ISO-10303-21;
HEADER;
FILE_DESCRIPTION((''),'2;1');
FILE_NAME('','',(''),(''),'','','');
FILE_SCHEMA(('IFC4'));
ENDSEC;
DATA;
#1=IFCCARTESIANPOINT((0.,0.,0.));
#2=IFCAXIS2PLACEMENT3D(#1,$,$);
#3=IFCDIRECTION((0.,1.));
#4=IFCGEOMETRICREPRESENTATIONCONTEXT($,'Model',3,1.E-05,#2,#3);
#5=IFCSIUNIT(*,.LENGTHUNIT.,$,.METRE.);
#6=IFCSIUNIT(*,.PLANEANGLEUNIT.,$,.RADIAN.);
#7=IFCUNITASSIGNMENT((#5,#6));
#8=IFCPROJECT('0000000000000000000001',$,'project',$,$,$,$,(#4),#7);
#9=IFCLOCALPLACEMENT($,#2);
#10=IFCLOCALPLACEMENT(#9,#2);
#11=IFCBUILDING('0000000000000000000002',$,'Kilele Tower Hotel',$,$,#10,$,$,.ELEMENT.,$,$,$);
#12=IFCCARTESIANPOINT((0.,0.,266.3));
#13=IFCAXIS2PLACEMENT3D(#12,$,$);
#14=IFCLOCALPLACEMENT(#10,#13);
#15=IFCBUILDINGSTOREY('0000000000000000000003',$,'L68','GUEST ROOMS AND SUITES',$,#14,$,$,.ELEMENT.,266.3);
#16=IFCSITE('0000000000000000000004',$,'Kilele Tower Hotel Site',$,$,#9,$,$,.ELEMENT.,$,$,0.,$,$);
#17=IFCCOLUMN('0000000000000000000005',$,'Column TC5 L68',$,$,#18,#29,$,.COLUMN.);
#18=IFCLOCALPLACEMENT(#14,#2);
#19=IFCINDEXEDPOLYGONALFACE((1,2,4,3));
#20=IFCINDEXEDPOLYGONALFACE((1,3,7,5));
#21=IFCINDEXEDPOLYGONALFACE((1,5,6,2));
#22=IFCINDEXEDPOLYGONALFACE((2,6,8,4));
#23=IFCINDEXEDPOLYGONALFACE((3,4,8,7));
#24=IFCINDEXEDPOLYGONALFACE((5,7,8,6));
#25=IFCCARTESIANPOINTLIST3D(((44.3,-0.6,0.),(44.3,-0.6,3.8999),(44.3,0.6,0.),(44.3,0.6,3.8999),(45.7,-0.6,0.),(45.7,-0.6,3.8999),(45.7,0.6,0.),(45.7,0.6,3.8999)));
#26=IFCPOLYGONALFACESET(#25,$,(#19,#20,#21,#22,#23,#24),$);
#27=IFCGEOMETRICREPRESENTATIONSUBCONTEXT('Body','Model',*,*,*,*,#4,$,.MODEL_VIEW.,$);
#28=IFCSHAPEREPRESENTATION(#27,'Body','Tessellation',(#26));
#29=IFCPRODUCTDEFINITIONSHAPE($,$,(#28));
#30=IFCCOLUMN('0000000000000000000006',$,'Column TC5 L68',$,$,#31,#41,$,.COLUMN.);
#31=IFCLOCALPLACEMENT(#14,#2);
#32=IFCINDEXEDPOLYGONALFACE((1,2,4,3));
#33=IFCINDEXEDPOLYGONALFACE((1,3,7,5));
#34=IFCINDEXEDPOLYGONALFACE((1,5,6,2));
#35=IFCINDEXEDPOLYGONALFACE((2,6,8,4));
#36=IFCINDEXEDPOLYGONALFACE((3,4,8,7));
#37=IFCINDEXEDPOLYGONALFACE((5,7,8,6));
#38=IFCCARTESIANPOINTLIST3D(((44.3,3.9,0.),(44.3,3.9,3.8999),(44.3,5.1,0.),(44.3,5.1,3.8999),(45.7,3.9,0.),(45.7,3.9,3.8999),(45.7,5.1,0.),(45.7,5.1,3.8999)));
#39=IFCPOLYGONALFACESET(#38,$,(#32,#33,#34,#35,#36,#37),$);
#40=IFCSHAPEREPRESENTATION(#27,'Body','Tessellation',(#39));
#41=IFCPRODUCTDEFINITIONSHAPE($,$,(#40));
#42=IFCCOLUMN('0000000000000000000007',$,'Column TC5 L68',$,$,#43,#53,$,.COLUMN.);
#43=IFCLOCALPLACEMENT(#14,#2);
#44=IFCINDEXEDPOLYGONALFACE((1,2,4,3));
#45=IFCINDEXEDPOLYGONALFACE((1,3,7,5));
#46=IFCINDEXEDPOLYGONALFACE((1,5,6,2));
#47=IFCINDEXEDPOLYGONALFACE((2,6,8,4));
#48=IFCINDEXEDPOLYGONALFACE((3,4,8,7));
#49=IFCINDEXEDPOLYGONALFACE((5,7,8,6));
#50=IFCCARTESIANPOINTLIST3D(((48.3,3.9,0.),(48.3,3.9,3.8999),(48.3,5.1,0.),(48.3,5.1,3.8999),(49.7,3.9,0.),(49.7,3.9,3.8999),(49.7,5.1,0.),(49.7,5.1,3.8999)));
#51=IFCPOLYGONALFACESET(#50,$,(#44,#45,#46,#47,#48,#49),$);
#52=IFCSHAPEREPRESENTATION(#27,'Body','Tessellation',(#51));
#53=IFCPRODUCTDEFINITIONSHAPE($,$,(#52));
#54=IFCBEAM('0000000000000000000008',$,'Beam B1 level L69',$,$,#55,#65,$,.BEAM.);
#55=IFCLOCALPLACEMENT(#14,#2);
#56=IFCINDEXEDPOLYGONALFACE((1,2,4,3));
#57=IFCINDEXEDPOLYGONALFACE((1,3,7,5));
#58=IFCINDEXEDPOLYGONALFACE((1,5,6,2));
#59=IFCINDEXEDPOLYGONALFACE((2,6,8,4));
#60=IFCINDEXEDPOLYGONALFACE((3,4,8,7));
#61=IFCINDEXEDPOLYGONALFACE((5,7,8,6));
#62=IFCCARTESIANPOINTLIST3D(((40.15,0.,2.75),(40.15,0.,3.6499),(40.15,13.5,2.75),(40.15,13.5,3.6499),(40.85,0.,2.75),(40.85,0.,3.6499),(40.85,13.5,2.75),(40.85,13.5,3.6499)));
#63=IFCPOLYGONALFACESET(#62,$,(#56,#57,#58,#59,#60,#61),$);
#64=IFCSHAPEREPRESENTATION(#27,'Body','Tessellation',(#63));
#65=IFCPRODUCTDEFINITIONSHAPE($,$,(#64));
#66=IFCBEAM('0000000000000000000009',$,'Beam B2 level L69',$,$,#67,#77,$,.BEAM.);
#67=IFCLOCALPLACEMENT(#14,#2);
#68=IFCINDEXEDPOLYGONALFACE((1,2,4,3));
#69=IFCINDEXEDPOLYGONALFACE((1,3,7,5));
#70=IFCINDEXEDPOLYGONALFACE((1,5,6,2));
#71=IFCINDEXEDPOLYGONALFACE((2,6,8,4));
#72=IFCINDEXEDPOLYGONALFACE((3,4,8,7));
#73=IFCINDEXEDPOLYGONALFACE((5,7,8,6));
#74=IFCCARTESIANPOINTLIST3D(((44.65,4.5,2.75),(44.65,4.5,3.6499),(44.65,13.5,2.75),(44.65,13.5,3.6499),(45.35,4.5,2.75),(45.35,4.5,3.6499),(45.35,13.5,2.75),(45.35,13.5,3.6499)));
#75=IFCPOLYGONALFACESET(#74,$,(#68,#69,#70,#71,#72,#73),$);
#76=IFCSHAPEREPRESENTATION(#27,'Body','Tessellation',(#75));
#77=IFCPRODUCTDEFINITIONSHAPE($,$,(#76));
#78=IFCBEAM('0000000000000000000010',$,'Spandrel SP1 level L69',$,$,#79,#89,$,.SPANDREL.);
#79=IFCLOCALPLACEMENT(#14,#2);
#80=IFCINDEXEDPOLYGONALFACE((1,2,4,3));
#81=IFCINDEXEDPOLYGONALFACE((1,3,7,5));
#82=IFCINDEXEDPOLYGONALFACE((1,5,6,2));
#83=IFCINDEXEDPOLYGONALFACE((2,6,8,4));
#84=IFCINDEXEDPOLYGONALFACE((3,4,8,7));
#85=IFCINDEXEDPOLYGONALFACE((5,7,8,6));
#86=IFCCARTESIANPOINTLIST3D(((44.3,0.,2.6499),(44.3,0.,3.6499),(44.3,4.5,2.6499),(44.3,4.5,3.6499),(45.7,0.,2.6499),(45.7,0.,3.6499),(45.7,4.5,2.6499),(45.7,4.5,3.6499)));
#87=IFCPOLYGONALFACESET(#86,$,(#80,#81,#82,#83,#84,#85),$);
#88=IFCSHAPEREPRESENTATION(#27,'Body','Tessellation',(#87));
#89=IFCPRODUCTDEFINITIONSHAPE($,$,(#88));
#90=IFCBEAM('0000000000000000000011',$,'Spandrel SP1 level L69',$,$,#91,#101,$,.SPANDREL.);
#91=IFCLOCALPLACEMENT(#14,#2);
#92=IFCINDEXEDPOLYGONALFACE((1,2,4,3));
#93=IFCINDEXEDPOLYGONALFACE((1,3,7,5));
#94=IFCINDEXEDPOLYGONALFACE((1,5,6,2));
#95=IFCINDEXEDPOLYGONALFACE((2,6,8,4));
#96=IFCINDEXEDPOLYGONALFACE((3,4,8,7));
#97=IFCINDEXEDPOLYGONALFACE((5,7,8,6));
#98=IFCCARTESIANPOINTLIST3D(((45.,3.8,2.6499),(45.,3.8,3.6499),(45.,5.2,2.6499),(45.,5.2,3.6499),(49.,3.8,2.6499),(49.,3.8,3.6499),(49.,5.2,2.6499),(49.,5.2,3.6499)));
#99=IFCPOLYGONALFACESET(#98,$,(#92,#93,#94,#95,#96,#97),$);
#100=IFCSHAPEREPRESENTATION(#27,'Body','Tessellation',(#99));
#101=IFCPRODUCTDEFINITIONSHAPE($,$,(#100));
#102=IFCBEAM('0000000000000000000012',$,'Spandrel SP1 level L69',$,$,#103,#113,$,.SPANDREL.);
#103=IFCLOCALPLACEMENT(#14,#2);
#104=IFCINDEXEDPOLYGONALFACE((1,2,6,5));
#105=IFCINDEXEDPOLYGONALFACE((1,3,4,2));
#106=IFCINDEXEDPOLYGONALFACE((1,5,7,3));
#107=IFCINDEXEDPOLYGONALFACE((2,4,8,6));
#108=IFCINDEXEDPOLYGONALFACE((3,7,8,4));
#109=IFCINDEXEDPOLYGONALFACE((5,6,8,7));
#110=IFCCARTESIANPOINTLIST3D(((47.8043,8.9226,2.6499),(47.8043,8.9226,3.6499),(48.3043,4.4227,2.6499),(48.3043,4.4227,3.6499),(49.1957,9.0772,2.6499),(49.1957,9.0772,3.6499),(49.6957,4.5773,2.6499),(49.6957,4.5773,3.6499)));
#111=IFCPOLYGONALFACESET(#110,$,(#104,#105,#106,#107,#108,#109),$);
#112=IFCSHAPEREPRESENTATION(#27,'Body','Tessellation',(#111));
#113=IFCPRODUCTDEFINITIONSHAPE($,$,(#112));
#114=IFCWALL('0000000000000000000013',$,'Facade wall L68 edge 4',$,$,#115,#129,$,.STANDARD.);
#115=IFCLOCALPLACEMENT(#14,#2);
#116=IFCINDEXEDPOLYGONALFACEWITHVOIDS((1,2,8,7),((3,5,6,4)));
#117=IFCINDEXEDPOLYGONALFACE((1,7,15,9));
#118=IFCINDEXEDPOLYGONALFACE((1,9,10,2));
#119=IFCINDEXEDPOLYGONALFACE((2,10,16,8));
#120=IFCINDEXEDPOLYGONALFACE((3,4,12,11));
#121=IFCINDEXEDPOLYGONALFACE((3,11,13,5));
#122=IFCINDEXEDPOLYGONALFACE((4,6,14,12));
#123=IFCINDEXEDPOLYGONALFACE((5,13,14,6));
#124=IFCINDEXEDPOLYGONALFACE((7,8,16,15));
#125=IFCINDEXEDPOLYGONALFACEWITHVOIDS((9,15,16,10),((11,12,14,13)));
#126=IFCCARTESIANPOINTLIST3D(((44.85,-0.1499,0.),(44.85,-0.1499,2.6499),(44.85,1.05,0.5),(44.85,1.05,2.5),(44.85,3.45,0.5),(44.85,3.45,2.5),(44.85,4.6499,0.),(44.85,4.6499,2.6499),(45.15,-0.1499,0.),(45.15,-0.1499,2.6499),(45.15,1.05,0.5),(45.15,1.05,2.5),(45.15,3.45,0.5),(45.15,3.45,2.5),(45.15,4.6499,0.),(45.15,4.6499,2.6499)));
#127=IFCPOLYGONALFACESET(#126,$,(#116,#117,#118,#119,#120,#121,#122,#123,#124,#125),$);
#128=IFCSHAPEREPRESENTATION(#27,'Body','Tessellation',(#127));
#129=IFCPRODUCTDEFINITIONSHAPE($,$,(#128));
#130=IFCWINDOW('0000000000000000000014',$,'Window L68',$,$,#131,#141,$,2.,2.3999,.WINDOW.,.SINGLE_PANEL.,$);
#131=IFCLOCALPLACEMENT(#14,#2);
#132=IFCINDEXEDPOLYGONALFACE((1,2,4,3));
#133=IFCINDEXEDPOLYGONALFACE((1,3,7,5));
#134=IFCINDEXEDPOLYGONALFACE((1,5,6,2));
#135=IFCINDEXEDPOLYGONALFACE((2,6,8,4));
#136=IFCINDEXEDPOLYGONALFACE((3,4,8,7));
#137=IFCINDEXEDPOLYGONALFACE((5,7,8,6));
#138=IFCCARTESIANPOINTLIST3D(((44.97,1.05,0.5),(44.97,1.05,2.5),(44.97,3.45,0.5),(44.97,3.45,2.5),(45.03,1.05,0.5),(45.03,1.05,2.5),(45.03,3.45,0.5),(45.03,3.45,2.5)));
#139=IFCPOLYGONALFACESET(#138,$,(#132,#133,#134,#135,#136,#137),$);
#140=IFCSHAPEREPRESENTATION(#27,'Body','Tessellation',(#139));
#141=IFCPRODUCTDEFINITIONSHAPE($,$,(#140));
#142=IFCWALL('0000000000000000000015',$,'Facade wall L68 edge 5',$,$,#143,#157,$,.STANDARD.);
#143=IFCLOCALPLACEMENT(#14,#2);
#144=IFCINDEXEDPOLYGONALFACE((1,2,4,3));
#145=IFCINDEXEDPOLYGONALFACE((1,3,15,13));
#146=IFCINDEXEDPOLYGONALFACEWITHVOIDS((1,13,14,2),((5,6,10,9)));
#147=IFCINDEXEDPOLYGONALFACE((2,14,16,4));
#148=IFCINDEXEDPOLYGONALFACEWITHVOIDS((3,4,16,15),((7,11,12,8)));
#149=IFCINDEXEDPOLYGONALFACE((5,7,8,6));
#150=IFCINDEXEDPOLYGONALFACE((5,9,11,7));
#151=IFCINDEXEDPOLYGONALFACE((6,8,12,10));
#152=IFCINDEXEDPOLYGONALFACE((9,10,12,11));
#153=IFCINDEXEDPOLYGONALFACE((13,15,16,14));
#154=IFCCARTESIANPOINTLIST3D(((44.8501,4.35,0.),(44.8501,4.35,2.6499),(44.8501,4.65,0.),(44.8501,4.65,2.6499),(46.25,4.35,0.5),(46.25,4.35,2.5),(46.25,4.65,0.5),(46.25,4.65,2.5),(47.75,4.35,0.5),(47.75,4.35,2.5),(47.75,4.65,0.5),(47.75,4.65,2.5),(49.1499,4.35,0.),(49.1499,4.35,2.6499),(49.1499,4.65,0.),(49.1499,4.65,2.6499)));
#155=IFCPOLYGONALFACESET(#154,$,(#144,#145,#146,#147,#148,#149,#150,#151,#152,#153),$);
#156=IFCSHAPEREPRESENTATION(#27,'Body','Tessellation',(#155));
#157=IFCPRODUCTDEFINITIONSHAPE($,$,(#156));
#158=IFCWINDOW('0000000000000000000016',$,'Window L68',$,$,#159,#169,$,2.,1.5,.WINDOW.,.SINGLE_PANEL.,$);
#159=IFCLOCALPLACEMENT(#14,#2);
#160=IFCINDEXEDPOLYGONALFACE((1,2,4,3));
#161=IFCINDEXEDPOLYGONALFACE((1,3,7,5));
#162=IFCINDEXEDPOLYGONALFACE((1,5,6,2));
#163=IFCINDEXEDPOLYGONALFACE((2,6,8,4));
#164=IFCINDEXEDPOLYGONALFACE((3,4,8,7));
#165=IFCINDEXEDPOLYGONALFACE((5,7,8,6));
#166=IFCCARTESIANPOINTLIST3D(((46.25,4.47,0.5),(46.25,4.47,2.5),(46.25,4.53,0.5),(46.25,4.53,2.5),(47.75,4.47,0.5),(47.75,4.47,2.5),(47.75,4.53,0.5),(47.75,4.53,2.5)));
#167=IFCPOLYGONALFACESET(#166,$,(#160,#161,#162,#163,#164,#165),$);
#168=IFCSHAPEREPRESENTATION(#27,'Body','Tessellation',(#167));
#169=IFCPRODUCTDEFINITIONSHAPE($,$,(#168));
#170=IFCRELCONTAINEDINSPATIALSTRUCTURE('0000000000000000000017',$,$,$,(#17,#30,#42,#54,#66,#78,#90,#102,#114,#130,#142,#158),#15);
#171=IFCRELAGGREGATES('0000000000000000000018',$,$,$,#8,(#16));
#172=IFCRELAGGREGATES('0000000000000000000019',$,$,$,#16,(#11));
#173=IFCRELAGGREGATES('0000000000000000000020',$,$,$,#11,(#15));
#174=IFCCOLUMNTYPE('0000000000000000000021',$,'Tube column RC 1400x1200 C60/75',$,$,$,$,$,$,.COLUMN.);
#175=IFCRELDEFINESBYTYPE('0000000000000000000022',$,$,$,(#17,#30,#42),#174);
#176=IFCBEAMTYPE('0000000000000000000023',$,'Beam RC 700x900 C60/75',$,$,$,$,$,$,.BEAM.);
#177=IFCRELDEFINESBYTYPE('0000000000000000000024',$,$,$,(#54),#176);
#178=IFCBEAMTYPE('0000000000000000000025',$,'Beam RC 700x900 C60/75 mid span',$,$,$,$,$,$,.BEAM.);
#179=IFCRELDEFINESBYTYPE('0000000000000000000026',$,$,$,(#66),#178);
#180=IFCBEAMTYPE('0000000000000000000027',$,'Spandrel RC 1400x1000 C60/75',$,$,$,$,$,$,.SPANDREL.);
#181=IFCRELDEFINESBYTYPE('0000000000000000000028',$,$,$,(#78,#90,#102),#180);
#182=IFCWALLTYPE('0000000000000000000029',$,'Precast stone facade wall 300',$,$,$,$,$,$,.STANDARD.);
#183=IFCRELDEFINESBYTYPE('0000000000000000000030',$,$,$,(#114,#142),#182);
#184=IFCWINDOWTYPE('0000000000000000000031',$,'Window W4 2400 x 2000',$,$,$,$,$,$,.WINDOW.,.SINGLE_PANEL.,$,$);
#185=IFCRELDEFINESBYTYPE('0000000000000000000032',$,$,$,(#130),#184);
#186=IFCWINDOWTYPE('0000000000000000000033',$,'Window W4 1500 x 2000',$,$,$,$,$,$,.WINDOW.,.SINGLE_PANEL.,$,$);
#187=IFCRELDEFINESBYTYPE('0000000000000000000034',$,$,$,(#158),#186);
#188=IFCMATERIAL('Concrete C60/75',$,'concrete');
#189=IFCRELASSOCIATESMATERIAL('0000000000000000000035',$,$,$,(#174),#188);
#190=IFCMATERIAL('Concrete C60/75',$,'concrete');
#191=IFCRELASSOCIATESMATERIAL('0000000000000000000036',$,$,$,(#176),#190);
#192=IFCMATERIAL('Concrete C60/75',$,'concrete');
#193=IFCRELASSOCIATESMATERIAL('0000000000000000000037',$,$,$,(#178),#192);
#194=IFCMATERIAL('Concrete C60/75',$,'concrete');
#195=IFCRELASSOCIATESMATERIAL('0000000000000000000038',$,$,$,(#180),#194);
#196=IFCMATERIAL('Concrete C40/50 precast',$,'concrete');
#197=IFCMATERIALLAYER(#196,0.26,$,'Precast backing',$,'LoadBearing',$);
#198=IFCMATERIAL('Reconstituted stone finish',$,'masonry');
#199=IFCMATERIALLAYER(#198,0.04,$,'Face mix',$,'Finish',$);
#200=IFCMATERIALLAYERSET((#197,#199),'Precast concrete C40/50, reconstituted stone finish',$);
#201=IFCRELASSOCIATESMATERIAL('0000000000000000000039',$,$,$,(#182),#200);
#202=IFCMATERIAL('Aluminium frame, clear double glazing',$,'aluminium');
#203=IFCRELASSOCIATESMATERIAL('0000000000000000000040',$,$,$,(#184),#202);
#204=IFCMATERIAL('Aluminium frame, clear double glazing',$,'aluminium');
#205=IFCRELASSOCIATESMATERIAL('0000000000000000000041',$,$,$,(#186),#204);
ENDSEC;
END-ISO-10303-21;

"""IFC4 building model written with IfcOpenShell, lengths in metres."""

from ifc_helpers import new_model, si_unit, direction, frame, frame_2d, origin, origin_2d, place, context, subcontext, project, spatial, rectangle, extrude, material, layer, layer_set, material_profile, profile_set, type_object, element, fill, save


model = new_model("IFC4")

# Units and contexts
model_context = context("Model", 3, precision=1e-05, world=origin(), true_north=direction((0.0, 1.0)))
body_context = subcontext(model_context, "Body", "Model", "MODEL_VIEW")
ifc_project = project(units=[si_unit("LENGTHUNIT", "METRE"), si_unit("PLANEANGLEUNIT", "RADIAN")], contexts=[model_context])

# Site, building, storey
site_placement = place(None, origin())
site = spatial("IfcSite", under=ifc_project, at=site_placement, Name="Kilele Tower Hotel Site", CompositionType="ELEMENT", RefElevation=0.0)
building_placement = place(site_placement, origin())
building = spatial("IfcBuilding", under=site, at=building_placement, Name="Kilele Tower Hotel", CompositionType="ELEMENT")
storey_placement = place(building_placement, frame((0.0, 0.0, 266.3)))
storey = spatial("IfcBuildingStorey", under=building, at=storey_placement, Name="L68", Description="GUEST ROOMS AND SUITES", CompositionType="ELEMENT", Elevation=266.3)

# Columns
ifc_material_1 = material(Name="Concrete C60/75", Category="concrete")
ifc_material_profile_1 = material_profile(ifc_material_1, rectangle(XDim=1.3999, YDim=1.2, at=origin_2d()))
ifc_profile_set_1 = profile_set([ifc_material_profile_1], Name="Concrete C60/75")
column_type = type_object("IfcColumnType", Name="Tube column RC 1400x1200 C60/75", PredefinedType="COLUMN", material=ifc_profile_set_1)
for number, where, z_axis, x_axis, name in (
    (1, (45.0, 0.0, 0.0), (0.0, 0.0, 1.0), (1.0, 0.0, 0.0), "Column TC5 L68"),
    (2, (45.0, 4.5, 0.0), (0.0, 0.0, 1.0), (1.0, 0.0, 0.0), "Column TC5 L68"),
    (3, (49.0, 4.5, 0.0), (0.0, 0.0, 1.0), (1.0, 0.0, 0.0), "Column TC5 L68"),
):
    element("IfcColumn", number, at=place(storey_placement, frame(where, z_axis=z_axis, x_axis=x_axis)), inside=storey, type_object=column_type, Name=name, PredefinedType="COLUMN", context=body_context, shape_type="SweptSolid", body=[
        extrude(rectangle(XDim=1.3999, YDim=1.2, at=origin_2d()), origin(), (0.0, 0.0, 1.0), 3.8999),
    ])

# Beams
ifc_material_2 = material(Name="Concrete C60/75", Category="concrete")
ifc_material_profile_2 = material_profile(ifc_material_2, rectangle(XDim=0.7, YDim=0.8999, at=origin_2d()))
ifc_profile_set_2 = profile_set([ifc_material_profile_2], Name="Concrete C60/75")
beam_type_1 = type_object("IfcBeamType", Name="Beam RC 700x900 C60/75", PredefinedType="BEAM", material=ifc_profile_set_2)
beam_1_placement = place(storey_placement, frame((40.5, 0.0, 3.2), z_axis=(0.0, 1.0, 0.0), x_axis=(-1.0, 0.0, 0.0)))
element("IfcBeam", 4, at=beam_1_placement, inside=storey, type_object=beam_type_1, Name="Beam B1 level L69", PredefinedType="BEAM", context=body_context, shape_type="SweptSolid", body=[
    extrude(rectangle(XDim=0.7, YDim=0.8999, at=origin_2d()), origin(), (0.0, 0.0, 1.0), 13.5),
])
ifc_material_3 = material(Name="Concrete C60/75", Category="concrete")
ifc_material_profile_3 = material_profile(ifc_material_3, rectangle(XDim=0.7, YDim=0.8999, at=origin_2d()))
ifc_profile_set_3 = profile_set([ifc_material_profile_3], Name="Concrete C60/75")
beam_type_2 = type_object("IfcBeamType", Name="Beam RC 700x900 C60/75 mid span", PredefinedType="BEAM", material=ifc_profile_set_3)
beam_2_placement = place(storey_placement, frame((45.0, 4.5, 3.2), z_axis=(0.0, 1.0, 0.0), x_axis=(-1.0, 0.0, 0.0)))
element("IfcBeam", 5, at=beam_2_placement, inside=storey, type_object=beam_type_2, Name="Beam B2 level L69", PredefinedType="BEAM", context=body_context, shape_type="SweptSolid", body=[
    extrude(rectangle(XDim=0.7, YDim=0.8999, at=origin_2d()), origin(), (0.0, 0.0, 1.0), 9.0),
])
ifc_material_4 = material(Name="Concrete C60/75", Category="concrete")
ifc_material_profile_4 = material_profile(ifc_material_4, rectangle(XDim=1.3999, YDim=1.0, at=origin_2d()))
ifc_profile_set_4 = profile_set([ifc_material_profile_4], Name="Concrete C60/75")
beam_type_3 = type_object("IfcBeamType", Name="Spandrel RC 1400x1000 C60/75", PredefinedType="SPANDREL", material=ifc_profile_set_4)
beam_3_placement = place(storey_placement, frame((45.0, 0.0, 3.1499), z_axis=(0.0, 1.0, 0.0), x_axis=(-1.0, 0.0, 0.0)))
element("IfcBeam", 6, at=beam_3_placement, inside=storey, type_object=beam_type_3, Name="Spandrel SP1 level L69", PredefinedType="SPANDREL", context=body_context, shape_type="SweptSolid", body=[
    extrude(rectangle(XDim=1.3999, YDim=1.0, at=origin_2d()), origin(), (0.0, 0.0, 1.0), 4.5),
])
beam_4_placement = place(storey_placement, frame((45.0, 4.5, 3.1499), z_axis=(1.0, 0.0, 0.0), x_axis=(0.0, 1.0, 0.0)))
element("IfcBeam", 7, at=beam_4_placement, inside=storey, type_object=beam_type_3, Name="Spandrel SP1 level L69", PredefinedType="SPANDREL", context=body_context, shape_type="SweptSolid", body=[
    extrude(rectangle(XDim=1.3999, YDim=1.0, at=origin_2d()), origin(), (0.0, 0.0, 1.0), 4.0),
])
beam_5_placement = place(storey_placement, frame((49.0, 4.5, 3.1499), z_axis=(-0.110432, 0.993884, 0.0), x_axis=(-0.993884, -0.110432, 0.0)))
element("IfcBeam", 8, at=beam_5_placement, inside=storey, type_object=beam_type_3, Name="Spandrel SP1 level L69", PredefinedType="SPANDREL", context=body_context, shape_type="SweptSolid", body=[
    extrude(rectangle(XDim=1.3999, YDim=1.0, at=origin_2d()), origin(), (0.0, 0.0, 1.0), 4.5276),
])

# Walls, openings, windows
ifc_material_5 = material(Name="Concrete C40/50 precast", Category="concrete")
ifc_layer_1 = layer(ifc_material_5, 0.26, Name="Precast backing", Category="LoadBearing")
ifc_material_6 = material(Name="Reconstituted stone finish", Category="masonry")
ifc_layer_2 = layer(ifc_material_6, 0.04, Name="Face mix", Category="Finish")
ifc_layer_set = layer_set([ifc_layer_1, ifc_layer_2], Name="Precast concrete C40/50, reconstituted stone finish")
wall_type = type_object("IfcWallType", Name="Precast stone facade wall 300", PredefinedType="STANDARD", material=ifc_layer_set)
wall_1_placement = place(storey_placement, frame((45.0, -0.1499, 0.0), z_axis=(0.0, 0.0, 1.0), x_axis=(0.0, 1.0, 0.0)))
wall_1 = element("IfcWall", 9, at=wall_1_placement, inside=storey, type_object=wall_type, Name="Facade wall L68 edge 4", PredefinedType="STANDARD", context=body_context, shape_type="SweptSolid", body=[
    extrude(rectangle(XDim=4.7998, YDim=0.3, at=frame_2d((2.3999, 0.0))), origin(), (0.0, 0.0, 1.0), 2.6499),
])
opening_1_placement = place(wall_1_placement, frame((1.2, 0.0, 0.5)))
opening_1 = element("IfcOpeningElement", 10, at=opening_1_placement, cuts=wall_1, PredefinedType="OPENING", context=body_context, shape_type="SweptSolid", body=[
    extrude(rectangle(XDim=2.3999, YDim=2.0, at=frame_2d((1.2, 1.0))), frame((0.0, 0.1599, 0.0), z_axis=(0.0, -1.0, 0.0), x_axis=(1.0, 0.0, 0.0)), (0.0, 0.0, 1.0), 0.3201),
])
ifc_material_7 = material(Name="Aluminium frame, clear double glazing", Category="aluminium")
window_type_1 = type_object("IfcWindowType", Name="Window W4 2400 x 2000", PartitioningType="SINGLE_PANEL", PredefinedType="WINDOW", material=ifc_material_7)
window_1_placement = place(opening_1_placement, origin())
window_1 = element("IfcWindow", 11, at=window_1_placement, inside=storey, type_object=window_type_1, Name="Window L68", OverallHeight=2.0, OverallWidth=2.3999, PartitioningType="SINGLE_PANEL", PredefinedType="WINDOW", context=body_context, shape_type="SweptSolid", body=[
    extrude(rectangle(XDim=2.3999, YDim=2.0, at=frame_2d((1.2, 1.0))), frame((0.0, 0.03, 0.0), z_axis=(0.0, -1.0, 0.0), x_axis=(1.0, 0.0, 0.0)), (0.0, 0.0, 1.0), 0.0601),
])
fill(opening_1, window_1)
wall_2_placement = place(storey_placement, frame((44.8501, 4.5, 0.0), z_axis=(0.0, 0.0, 1.0), x_axis=(1.0, 0.0, 0.0)))
wall_2 = element("IfcWall", 12, at=wall_2_placement, inside=storey, type_object=wall_type, Name="Facade wall L68 edge 5", PredefinedType="STANDARD", context=body_context, shape_type="SweptSolid", body=[
    extrude(rectangle(XDim=4.2998, YDim=0.3, at=frame_2d((2.1499, 0.0))), origin(), (0.0, 0.0, 1.0), 2.6499),
])
opening_2_placement = place(wall_2_placement, frame((1.3999, 0.0, 0.5)))
opening_2 = element("IfcOpeningElement", 13, at=opening_2_placement, cuts=wall_2, PredefinedType="OPENING", context=body_context, shape_type="SweptSolid", body=[
    extrude(rectangle(XDim=1.5, YDim=2.0, at=frame_2d((0.75, 1.0))), frame((0.0, 0.1599, 0.0), z_axis=(0.0, -1.0, 0.0), x_axis=(1.0, 0.0, 0.0)), (0.0, 0.0, 1.0), 0.3201),
])
ifc_material_8 = material(Name="Aluminium frame, clear double glazing", Category="aluminium")
window_type_2 = type_object("IfcWindowType", Name="Window W4 1500 x 2000", PartitioningType="SINGLE_PANEL", PredefinedType="WINDOW", material=ifc_material_8)
window_2_placement = place(opening_2_placement, origin())
window_2 = element("IfcWindow", 14, at=window_2_placement, inside=storey, type_object=window_type_2, Name="Window L68", OverallHeight=2.0, OverallWidth=1.5, PartitioningType="SINGLE_PANEL", PredefinedType="WINDOW", context=body_context, shape_type="SweptSolid", body=[
    extrude(rectangle(XDim=1.5, YDim=2.0, at=frame_2d((0.75, 1.0))), frame((0.0, 0.03, 0.0), z_axis=(0.0, -1.0, 0.0), x_axis=(1.0, 0.0, 0.0)), (0.0, 0.0, 1.0), 0.0601),
])
fill(opening_2, window_2)

save(model, "model.ifc")
